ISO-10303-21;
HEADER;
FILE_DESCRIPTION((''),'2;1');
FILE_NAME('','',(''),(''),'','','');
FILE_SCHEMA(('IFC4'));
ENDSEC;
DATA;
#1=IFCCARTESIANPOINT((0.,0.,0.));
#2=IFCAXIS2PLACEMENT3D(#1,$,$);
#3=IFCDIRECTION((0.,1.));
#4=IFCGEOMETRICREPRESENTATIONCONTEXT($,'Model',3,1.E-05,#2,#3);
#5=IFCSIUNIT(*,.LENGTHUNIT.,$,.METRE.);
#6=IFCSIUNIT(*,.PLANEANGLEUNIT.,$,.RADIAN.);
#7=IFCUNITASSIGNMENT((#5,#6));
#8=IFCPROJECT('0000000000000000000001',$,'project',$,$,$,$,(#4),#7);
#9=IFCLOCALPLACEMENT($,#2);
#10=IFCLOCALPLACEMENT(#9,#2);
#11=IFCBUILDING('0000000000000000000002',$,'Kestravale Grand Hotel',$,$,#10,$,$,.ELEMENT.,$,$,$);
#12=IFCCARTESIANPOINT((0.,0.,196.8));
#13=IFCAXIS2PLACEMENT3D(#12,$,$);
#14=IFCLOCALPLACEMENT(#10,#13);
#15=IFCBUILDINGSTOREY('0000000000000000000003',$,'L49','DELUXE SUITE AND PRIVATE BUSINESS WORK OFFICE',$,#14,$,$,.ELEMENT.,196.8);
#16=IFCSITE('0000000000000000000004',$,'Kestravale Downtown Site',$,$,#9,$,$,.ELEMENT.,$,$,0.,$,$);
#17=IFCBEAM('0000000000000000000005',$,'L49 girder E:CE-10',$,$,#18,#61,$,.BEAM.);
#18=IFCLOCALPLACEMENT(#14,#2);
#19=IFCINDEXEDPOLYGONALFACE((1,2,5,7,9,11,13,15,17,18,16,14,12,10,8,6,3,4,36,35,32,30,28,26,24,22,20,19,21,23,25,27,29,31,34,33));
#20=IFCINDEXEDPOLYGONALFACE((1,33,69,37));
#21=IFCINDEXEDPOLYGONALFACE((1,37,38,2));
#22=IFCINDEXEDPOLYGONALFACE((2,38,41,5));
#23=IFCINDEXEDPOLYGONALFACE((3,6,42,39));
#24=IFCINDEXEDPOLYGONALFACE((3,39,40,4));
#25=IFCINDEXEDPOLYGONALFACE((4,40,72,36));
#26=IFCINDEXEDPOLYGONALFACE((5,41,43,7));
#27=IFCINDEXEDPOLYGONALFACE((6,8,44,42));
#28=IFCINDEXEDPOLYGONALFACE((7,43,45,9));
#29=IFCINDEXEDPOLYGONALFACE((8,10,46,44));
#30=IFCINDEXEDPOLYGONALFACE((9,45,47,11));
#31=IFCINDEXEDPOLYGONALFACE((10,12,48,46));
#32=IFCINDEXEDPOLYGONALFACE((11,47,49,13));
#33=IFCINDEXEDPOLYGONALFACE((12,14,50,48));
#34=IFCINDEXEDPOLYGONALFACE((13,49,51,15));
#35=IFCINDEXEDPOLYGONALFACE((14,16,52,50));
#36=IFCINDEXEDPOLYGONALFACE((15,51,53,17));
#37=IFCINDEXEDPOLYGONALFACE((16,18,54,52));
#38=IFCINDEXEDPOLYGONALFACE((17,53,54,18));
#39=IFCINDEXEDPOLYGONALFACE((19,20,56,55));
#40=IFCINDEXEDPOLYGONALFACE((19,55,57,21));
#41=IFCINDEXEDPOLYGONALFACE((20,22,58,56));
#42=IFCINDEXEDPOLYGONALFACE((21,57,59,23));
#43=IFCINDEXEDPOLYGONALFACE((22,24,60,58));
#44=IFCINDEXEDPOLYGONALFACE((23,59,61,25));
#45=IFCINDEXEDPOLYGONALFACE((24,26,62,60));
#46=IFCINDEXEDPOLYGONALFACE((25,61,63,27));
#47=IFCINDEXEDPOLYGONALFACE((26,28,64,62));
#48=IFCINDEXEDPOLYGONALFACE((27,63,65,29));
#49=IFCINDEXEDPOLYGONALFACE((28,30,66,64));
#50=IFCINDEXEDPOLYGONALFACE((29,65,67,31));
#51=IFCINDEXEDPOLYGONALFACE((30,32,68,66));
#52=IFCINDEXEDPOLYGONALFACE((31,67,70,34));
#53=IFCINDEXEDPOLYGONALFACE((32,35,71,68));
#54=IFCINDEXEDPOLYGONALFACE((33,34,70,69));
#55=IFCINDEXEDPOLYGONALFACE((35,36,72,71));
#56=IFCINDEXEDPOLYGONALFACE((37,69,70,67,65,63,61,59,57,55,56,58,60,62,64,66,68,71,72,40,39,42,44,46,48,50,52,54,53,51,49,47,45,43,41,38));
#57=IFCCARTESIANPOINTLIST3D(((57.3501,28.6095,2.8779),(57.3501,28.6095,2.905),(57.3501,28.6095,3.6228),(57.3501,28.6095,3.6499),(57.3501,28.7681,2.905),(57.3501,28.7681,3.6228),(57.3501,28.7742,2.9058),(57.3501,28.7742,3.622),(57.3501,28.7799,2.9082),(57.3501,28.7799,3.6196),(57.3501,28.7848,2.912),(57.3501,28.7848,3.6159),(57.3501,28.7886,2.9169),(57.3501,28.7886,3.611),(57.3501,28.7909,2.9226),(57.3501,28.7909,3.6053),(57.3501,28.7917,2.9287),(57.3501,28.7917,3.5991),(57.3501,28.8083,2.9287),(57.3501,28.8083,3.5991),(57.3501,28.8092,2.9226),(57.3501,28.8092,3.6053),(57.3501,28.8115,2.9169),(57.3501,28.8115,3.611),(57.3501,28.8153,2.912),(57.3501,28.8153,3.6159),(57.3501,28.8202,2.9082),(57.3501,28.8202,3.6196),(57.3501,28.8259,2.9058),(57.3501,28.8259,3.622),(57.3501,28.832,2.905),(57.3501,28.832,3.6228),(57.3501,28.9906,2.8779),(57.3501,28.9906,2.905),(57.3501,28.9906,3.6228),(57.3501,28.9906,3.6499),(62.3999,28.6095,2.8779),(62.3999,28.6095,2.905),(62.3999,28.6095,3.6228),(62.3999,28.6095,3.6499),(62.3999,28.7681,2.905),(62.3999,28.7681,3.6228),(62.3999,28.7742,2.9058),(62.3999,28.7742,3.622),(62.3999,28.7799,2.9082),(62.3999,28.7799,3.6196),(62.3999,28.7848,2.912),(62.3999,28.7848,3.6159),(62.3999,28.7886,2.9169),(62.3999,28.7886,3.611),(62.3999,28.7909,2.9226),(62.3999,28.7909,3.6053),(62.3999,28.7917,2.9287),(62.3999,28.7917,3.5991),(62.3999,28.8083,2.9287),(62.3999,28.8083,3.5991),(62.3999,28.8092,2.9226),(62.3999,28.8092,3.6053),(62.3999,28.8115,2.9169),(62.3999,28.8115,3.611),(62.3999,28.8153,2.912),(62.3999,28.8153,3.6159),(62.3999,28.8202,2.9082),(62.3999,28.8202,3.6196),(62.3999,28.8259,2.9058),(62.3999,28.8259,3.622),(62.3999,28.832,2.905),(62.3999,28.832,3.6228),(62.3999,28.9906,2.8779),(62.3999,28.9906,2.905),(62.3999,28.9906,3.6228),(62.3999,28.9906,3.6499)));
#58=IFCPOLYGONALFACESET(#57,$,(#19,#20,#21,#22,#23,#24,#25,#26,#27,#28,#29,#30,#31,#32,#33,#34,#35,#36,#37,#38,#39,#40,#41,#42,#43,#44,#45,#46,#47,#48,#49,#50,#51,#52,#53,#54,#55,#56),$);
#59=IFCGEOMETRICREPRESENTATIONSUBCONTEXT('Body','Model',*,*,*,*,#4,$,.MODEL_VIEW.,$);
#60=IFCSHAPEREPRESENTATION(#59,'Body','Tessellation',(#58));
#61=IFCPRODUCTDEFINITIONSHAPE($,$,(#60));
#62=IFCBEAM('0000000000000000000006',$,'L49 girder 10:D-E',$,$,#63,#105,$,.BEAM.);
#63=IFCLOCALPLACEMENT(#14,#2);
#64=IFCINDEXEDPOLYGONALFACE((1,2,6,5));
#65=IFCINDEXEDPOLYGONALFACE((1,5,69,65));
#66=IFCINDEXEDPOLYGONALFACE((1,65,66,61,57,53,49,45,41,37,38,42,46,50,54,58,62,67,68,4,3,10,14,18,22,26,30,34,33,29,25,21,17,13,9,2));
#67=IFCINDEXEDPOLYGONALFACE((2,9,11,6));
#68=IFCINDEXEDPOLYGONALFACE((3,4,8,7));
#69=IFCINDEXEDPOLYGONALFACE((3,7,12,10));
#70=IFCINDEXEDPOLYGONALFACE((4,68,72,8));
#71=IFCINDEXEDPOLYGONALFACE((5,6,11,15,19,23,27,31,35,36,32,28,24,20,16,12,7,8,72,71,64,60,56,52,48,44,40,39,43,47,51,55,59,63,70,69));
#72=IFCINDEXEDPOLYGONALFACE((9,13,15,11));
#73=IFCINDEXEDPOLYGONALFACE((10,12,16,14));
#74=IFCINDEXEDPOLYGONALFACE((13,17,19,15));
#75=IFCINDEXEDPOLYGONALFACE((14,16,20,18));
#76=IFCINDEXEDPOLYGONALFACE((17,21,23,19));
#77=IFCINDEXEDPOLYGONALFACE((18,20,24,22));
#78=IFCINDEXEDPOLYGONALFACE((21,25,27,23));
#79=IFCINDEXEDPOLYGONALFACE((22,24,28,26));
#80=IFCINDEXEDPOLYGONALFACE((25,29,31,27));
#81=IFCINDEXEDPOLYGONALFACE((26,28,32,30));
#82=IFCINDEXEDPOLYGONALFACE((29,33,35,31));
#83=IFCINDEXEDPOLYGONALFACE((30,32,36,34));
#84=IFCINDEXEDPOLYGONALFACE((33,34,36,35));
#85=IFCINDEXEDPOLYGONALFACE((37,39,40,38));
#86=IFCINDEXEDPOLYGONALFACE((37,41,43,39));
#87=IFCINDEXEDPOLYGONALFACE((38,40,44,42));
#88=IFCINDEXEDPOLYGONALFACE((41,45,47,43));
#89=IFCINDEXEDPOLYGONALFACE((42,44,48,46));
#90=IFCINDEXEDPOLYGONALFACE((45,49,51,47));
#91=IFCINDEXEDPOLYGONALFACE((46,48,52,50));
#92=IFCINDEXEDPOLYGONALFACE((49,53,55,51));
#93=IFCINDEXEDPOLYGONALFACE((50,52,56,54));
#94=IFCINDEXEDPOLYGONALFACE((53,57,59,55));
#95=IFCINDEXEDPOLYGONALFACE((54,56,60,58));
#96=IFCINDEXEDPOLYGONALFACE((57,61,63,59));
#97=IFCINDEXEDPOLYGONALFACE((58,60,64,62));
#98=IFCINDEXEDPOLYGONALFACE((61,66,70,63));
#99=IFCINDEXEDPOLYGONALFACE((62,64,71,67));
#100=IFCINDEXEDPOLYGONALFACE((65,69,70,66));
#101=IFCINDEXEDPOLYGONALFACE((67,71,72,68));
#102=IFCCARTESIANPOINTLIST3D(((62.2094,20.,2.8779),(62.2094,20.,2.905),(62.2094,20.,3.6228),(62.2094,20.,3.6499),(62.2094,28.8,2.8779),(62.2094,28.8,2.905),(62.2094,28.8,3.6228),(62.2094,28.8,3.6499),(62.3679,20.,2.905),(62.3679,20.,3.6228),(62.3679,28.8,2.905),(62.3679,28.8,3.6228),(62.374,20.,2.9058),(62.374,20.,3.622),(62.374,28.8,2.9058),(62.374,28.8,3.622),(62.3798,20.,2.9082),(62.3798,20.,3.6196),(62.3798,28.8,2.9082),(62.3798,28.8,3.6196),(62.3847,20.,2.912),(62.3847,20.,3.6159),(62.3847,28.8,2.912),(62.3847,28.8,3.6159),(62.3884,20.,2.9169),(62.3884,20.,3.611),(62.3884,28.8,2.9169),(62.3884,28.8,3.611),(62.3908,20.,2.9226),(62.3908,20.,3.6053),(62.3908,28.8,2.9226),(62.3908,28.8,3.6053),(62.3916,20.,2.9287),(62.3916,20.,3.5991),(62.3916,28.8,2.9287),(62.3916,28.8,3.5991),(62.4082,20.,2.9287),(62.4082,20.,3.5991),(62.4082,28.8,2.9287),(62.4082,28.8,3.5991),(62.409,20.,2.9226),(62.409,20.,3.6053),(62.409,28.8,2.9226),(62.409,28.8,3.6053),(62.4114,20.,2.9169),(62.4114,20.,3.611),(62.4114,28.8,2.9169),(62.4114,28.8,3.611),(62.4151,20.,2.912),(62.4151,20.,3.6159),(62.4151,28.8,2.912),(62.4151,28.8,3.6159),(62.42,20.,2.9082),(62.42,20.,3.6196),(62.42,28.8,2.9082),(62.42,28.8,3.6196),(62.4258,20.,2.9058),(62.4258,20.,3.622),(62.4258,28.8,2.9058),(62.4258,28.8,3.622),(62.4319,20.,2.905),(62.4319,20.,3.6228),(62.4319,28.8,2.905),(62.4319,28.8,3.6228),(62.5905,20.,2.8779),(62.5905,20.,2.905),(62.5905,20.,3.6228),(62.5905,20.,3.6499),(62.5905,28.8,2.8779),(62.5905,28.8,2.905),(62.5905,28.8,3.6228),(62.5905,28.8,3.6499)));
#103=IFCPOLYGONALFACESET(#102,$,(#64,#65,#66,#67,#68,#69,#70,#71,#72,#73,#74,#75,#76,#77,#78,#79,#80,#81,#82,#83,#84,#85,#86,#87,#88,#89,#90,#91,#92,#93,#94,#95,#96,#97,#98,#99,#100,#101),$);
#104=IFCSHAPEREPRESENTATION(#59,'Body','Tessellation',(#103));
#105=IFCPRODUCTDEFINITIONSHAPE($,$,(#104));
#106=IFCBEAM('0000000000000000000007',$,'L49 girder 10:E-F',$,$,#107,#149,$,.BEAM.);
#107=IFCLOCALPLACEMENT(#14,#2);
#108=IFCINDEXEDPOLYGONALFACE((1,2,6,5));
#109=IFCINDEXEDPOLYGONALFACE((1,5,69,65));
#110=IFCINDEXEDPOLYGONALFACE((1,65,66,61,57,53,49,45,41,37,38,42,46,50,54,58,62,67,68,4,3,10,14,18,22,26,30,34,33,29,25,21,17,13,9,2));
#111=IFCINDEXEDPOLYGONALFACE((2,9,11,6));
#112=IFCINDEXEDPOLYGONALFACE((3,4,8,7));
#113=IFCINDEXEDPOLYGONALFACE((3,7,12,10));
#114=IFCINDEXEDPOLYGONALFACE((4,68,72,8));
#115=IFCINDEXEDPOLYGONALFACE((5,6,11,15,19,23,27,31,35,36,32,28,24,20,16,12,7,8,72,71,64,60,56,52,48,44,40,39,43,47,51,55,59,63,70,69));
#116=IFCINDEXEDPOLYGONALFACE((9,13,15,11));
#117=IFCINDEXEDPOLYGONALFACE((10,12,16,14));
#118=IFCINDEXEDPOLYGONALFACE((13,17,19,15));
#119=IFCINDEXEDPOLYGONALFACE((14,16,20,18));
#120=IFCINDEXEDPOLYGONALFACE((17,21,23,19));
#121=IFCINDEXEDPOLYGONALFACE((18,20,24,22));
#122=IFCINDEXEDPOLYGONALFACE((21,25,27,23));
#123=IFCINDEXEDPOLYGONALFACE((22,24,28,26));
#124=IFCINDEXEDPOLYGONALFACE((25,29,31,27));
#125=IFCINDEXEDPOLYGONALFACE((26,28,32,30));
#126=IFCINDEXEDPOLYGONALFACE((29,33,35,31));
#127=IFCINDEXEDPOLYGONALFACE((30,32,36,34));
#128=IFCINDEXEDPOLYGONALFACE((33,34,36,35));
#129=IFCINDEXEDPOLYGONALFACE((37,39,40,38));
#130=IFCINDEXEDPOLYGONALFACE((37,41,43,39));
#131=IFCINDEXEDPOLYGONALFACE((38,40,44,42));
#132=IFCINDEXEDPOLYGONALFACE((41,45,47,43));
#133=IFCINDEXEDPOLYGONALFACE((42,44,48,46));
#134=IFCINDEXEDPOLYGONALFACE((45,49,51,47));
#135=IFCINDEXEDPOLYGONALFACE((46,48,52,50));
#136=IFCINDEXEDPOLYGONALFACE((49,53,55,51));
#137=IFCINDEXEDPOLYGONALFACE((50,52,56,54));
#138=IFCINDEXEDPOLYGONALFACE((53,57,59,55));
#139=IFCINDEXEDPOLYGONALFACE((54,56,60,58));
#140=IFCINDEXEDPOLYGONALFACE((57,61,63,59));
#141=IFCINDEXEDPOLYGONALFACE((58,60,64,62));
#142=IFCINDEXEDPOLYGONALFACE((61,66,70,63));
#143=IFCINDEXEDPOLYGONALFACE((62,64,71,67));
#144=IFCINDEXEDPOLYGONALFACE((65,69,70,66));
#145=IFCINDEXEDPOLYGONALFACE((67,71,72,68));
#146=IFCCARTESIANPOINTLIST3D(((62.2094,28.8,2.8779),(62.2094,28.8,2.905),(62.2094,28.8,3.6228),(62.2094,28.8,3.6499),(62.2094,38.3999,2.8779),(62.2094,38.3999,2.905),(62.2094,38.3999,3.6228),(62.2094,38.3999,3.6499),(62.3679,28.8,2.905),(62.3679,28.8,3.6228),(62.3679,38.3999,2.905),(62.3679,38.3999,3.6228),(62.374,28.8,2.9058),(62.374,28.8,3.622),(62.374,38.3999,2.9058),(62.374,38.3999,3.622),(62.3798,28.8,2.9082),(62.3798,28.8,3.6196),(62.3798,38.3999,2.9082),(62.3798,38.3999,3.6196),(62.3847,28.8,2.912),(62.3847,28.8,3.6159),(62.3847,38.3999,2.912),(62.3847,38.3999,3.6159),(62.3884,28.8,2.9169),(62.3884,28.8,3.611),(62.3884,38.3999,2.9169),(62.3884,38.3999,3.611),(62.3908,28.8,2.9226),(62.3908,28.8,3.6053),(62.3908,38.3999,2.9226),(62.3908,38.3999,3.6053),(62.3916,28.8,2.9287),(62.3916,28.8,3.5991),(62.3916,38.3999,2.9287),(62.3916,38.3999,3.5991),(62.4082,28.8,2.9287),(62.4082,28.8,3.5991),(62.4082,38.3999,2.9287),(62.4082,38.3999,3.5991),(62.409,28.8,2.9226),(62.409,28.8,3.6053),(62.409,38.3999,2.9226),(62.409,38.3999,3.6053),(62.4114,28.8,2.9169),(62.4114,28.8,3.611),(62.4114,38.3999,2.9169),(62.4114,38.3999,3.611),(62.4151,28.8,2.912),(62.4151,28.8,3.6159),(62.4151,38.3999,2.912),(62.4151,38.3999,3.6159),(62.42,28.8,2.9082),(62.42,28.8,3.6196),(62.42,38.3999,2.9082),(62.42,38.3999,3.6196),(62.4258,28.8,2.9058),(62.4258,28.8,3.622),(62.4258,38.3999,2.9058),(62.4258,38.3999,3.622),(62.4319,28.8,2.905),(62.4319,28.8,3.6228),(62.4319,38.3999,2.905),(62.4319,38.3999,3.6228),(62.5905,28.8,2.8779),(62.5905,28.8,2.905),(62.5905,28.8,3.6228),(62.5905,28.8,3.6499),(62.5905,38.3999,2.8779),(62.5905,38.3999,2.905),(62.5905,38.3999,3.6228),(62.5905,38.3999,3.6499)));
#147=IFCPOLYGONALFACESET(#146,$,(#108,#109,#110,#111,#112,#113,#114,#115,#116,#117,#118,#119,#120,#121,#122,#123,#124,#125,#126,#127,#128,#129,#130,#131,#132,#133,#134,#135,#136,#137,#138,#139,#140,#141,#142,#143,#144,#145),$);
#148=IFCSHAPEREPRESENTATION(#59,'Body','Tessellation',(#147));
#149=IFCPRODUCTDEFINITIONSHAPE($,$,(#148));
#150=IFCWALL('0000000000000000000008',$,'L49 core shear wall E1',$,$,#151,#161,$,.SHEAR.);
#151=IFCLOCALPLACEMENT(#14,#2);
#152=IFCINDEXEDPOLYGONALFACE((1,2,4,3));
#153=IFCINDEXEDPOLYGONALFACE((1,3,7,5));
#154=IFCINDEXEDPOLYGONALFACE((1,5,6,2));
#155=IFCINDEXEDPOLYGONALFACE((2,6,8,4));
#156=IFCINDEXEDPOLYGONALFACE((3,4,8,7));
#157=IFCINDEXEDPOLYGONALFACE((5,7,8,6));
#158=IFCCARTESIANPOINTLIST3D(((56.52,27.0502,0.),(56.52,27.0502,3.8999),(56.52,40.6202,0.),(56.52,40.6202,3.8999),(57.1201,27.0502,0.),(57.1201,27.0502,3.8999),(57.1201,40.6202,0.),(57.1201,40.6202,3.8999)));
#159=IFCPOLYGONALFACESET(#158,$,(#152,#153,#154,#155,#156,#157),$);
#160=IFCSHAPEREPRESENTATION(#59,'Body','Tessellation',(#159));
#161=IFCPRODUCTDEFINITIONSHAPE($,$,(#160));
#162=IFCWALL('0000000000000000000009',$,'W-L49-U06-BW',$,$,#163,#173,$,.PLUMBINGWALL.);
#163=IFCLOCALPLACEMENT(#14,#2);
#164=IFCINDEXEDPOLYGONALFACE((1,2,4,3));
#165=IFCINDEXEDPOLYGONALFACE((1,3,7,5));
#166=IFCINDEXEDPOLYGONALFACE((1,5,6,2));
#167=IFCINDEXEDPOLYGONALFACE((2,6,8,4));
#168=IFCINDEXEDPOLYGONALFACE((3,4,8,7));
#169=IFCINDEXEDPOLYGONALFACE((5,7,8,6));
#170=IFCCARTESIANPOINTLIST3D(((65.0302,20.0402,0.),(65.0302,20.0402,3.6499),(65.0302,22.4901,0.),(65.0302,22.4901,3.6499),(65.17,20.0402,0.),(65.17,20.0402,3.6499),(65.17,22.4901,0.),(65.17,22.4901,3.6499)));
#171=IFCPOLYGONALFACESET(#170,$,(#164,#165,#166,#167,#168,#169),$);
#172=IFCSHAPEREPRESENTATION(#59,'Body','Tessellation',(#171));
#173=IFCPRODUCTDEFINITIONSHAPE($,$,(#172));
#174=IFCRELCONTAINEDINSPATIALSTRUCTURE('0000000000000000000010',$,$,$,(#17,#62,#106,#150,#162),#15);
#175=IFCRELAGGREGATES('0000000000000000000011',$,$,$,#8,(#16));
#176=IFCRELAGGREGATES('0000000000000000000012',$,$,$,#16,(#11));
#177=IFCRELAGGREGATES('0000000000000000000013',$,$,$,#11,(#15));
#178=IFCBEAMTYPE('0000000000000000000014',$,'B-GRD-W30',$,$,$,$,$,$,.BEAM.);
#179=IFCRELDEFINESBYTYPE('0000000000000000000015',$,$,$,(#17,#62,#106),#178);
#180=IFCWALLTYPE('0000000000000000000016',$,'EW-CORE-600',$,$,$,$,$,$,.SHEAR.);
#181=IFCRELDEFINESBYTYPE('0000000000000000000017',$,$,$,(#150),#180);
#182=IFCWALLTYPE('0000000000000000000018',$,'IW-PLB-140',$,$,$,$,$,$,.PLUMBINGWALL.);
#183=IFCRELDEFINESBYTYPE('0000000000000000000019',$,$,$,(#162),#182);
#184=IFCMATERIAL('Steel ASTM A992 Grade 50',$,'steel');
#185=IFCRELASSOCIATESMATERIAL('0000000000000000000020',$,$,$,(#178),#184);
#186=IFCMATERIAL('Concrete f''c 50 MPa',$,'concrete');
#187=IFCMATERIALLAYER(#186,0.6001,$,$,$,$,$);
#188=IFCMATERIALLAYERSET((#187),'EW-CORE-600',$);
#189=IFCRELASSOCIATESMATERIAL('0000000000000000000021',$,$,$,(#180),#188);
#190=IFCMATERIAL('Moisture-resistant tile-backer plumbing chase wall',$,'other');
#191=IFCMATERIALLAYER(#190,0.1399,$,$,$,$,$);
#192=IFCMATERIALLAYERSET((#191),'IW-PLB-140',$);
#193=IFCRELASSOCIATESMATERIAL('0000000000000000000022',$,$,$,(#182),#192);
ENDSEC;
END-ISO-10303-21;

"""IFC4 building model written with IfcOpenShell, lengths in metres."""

from ifc_helpers import new_model, si_unit, direction, frame, frame_2d, origin, origin_2d, place, context, subcontext, project, spatial, rectangle, i_section, extrude, material, layer, layer_set, material_profile, profile_set, type_object, element, save


model = new_model("IFC4")

# Units and contexts
model_context = context("Model", 3, precision=1e-05, world=origin(), true_north=direction((0.0, 1.0)))
body_context = subcontext(model_context, "Body", "Model", "MODEL_VIEW")
ifc_project = project(units=[si_unit("LENGTHUNIT", "METRE"), si_unit("PLANEANGLEUNIT", "RADIAN")], contexts=[model_context])

# Site, building, storey
site_placement = place(None, origin())
site = spatial("IfcSite", under=ifc_project, at=site_placement, Name="Kestravale Downtown Site", CompositionType="ELEMENT", RefElevation=0.0)
building_placement = place(site_placement, origin())
building = spatial("IfcBuilding", under=site, at=building_placement, Name="Kestravale Grand Hotel", CompositionType="ELEMENT")
storey_placement = place(building_placement, frame((0.0, 0.0, 196.8)))
storey = spatial("IfcBuildingStorey", under=building, at=storey_placement, Name="L49", Description="DELUXE SUITE AND PRIVATE BUSINESS WORK OFFICE", CompositionType="ELEMENT", Elevation=196.8)

# Beams
ifc_material_1 = material(Name="Steel ASTM A992 Grade 50", Category="steel")
ifc_material_profile_1 = material_profile(ifc_material_1, i_section(OverallWidth=0.3811, OverallDepth=0.772, WebThickness=0.0166, FlangeThickness=0.0271, FilletRadius=0.0237, at=origin_2d()))
ifc_profile_set_1 = profile_set([ifc_material_profile_1], Name="Steel ASTM A992 Grade 50")
beam_type_1 = type_object("IfcBeamType", Name="B-GRD-W30", PredefinedType="BEAM", material=ifc_profile_set_1)
beam_1_placement = place(storey_placement, frame((57.3501, 28.8, 3.2639), z_axis=(1.0, 0.0, 0.0), x_axis=(0.0, 1.0, 0.0)))
element("IfcBeam", 1, at=beam_1_placement, inside=storey, type_object=beam_type_1, Name="L49 girder E:CE-10", PredefinedType="BEAM", context=body_context, shape_type="SweptSolid", body=[
    extrude(i_section(OverallWidth=0.3811, OverallDepth=0.772, WebThickness=0.0166, FlangeThickness=0.0271, FilletRadius=0.0237, at=origin_2d()), origin(), (0.0, 0.0, 1.0), 5.0498),
])
beam_2_placement = place(storey_placement, frame((62.3999, 20.0, 3.2639), z_axis=(0.0, 1.0, 0.0), x_axis=(-1.0, 0.0, 0.0)))
element("IfcBeam", 2, at=beam_2_placement, inside=storey, type_object=beam_type_1, Name="L49 girder 10:D-E", PredefinedType="BEAM", context=body_context, shape_type="SweptSolid", body=[
    extrude(i_section(OverallWidth=0.3811, OverallDepth=0.772, WebThickness=0.0166, FlangeThickness=0.0271, FilletRadius=0.0237, at=origin_2d()), origin(), (0.0, 0.0, 1.0), 8.8),
])
beam_3_placement = place(storey_placement, frame((62.3999, 28.8, 3.2639), z_axis=(0.0, 1.0, 0.0), x_axis=(-1.0, 0.0, 0.0)))
element("IfcBeam", 3, at=beam_3_placement, inside=storey, type_object=beam_type_1, Name="L49 girder 10:E-F", PredefinedType="BEAM", context=body_context, shape_type="SweptSolid", body=[
    extrude(i_section(OverallWidth=0.3811, OverallDepth=0.772, WebThickness=0.0166, FlangeThickness=0.0271, FilletRadius=0.0237, at=origin_2d()), origin(), (0.0, 0.0, 1.0), 9.5999),
])

# Walls
ifc_material_2 = material(Name="Concrete f'c 50 MPa", Category="concrete")
ifc_layer_1 = layer(ifc_material_2, 0.6001)
ifc_layer_set_1 = layer_set([ifc_layer_1], Name="EW-CORE-600")
wall_type_1 = type_object("IfcWallType", Name="EW-CORE-600", PredefinedType="SHEAR", material=ifc_layer_set_1)
wall_1_placement = place(storey_placement, frame((56.8201, 27.05, 0.0), z_axis=(0.0, 0.0, 1.0), x_axis=(0.0, 1.0, 0.0)))
element("IfcWall", 4, at=wall_1_placement, inside=storey, type_object=wall_type_1, Name="L49 core shear wall E1", PredefinedType="SHEAR", context=body_context, shape_type="SweptSolid", body=[
    extrude(rectangle(XDim=13.5701, YDim=0.6001, at=frame_2d((6.7852, 0.0))), origin(), (0.0, 0.0, 1.0), 3.8999),
])
ifc_material_3 = material(Name="Moisture-resistant tile-backer plumbing chase wall", Category="other")
ifc_layer_2 = layer(ifc_material_3, 0.1399)
ifc_layer_set_2 = layer_set([ifc_layer_2], Name="IW-PLB-140")
wall_type_2 = type_object("IfcWallType", Name="IW-PLB-140", PredefinedType="PLUMBINGWALL", material=ifc_layer_set_2)
wall_2_placement = place(storey_placement, frame((65.1001, 20.04, 0.0), z_axis=(0.0, 0.0, 1.0), x_axis=(0.0, 1.0, 0.0)))
element("IfcWall", 5, at=wall_2_placement, inside=storey, type_object=wall_type_2, Name="W-L49-U06-BW", PredefinedType="PLUMBINGWALL", context=body_context, shape_type="SweptSolid", body=[
    extrude(rectangle(XDim=2.45, YDim=0.1399, at=frame_2d((1.2251, 0.0))), origin(), (0.0, 0.0, 1.0), 3.6499),
])

save(model, "model.ifc")
